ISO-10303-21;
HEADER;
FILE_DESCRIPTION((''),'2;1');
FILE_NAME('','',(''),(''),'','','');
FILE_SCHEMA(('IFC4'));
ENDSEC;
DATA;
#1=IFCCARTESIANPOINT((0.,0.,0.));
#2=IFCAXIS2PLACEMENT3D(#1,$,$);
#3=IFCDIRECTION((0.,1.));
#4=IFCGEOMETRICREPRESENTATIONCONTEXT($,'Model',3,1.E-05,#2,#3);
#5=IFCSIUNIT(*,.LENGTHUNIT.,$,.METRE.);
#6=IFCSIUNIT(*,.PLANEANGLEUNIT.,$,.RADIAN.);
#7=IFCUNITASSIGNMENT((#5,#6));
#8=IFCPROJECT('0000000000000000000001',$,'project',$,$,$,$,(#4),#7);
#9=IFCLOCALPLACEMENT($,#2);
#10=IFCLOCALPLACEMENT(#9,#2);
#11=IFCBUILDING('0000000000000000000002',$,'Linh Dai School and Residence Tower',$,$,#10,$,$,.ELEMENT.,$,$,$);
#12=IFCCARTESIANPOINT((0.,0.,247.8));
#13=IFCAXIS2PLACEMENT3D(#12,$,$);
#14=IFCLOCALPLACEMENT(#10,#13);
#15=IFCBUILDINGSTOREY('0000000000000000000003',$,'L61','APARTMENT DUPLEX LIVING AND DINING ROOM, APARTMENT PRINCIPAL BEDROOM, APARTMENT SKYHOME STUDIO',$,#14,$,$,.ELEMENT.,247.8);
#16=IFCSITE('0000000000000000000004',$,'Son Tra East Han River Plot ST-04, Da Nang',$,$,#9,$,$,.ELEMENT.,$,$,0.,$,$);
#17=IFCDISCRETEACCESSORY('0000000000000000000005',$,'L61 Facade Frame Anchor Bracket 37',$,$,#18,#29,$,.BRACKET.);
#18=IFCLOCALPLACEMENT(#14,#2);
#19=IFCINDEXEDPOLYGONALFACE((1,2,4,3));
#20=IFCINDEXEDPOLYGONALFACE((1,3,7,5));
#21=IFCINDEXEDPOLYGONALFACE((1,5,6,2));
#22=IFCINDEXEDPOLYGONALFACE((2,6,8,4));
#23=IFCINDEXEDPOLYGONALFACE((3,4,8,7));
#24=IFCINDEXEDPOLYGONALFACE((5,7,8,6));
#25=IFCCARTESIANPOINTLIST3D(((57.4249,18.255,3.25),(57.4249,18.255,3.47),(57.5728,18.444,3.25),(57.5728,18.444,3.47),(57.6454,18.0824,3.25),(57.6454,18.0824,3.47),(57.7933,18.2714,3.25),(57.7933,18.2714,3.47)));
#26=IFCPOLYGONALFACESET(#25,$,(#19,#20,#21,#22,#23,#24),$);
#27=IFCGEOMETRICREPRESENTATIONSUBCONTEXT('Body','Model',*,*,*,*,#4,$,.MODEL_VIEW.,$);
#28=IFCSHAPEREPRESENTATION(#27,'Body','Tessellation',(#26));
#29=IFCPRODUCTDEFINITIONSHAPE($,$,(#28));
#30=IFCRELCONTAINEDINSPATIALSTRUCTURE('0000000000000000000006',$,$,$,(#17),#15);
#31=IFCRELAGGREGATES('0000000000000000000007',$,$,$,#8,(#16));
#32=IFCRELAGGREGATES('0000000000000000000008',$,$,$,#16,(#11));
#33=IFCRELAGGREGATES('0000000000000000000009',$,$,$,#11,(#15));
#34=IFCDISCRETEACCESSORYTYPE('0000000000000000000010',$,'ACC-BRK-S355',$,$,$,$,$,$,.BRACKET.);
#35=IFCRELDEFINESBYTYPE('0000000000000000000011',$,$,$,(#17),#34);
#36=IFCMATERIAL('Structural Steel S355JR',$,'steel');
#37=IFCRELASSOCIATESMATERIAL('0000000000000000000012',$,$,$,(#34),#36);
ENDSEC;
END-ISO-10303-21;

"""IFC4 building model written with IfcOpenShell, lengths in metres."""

from ifc_helpers import new_model, si_unit, direction, frame, origin, origin_2d, place, context, subcontext, project, spatial, rectangle, extrude, source, transform, mapped, material, type_object, element, save


model = new_model("IFC4")

# Units and contexts
model_context = context("Model", 3, precision=1e-05, world=origin(), true_north=direction((0.0, 1.0)))
body_context = subcontext(model_context, "Body", "Model", "MODEL_VIEW")
ifc_project = project(units=[si_unit("LENGTHUNIT", "METRE"), si_unit("PLANEANGLEUNIT", "RADIAN")], contexts=[model_context])

# Site, building, storey
site_placement = place(None, origin())
site = spatial("IfcSite", under=ifc_project, at=site_placement, Name="Son Tra East Han River Plot ST-04, Da Nang", CompositionType="ELEMENT", RefElevation=0.0)
building_placement = place(site_placement, origin())
building = spatial("IfcBuilding", under=site, at=building_placement, Name="Linh Dai School and Residence Tower", CompositionType="ELEMENT")
storey_placement = place(building_placement, frame((0.0, 0.0, 247.8)))
storey = spatial("IfcBuildingStorey", under=building, at=storey_placement, Name="L61", Description="APARTMENT DUPLEX LIVING AND DINING ROOM, APARTMENT PRINCIPAL BEDROOM, APARTMENT SKYHOME STUDIO", CompositionType="ELEMENT", Elevation=247.8)

# Shared definitions
ifc_material_1 = material(Name="Structural Steel S355JR", Category="steel")

# Discrete accessory
discrete_accessory_type = type_object("IfcDiscreteAccessoryType", Name="ACC-BRK-S355", PredefinedType="BRACKET", material=ifc_material_1)
shared_shape_1 = source(origin(), body_context, "Body", "SweptSolid", [
    extrude(rectangle(XDim=0.28, YDim=0.24, at=origin_2d()), origin(), (0.0, 0.0, 1.0), 0.22),
])
for number, where, z_axis, x_axis, name in (
    (1, (57.6091, 18.2632, 3.25), (0.0, 0.0, 1.0), (0.787485, -0.616334, 0.0), "L61 Facade Frame Anchor Bracket 37"),
):
    element("IfcDiscreteAccessory", number, at=place(storey_placement, frame(where, z_axis=z_axis, x_axis=x_axis)), inside=storey, type_object=discrete_accessory_type, Name=name, PredefinedType="BRACKET", context=body_context, shape_type="MappedRepresentation", body=[
        mapped(shared_shape_1, transform((0.0, 0.0, 0.0), x_axis=(1.0, 0.0, 0.0), y_axis=(0.0, 1.0, 0.0), z_axis=(0.0, 0.0, 1.0), scale=1.0)),
    ])

save(model, "model.ifc")
